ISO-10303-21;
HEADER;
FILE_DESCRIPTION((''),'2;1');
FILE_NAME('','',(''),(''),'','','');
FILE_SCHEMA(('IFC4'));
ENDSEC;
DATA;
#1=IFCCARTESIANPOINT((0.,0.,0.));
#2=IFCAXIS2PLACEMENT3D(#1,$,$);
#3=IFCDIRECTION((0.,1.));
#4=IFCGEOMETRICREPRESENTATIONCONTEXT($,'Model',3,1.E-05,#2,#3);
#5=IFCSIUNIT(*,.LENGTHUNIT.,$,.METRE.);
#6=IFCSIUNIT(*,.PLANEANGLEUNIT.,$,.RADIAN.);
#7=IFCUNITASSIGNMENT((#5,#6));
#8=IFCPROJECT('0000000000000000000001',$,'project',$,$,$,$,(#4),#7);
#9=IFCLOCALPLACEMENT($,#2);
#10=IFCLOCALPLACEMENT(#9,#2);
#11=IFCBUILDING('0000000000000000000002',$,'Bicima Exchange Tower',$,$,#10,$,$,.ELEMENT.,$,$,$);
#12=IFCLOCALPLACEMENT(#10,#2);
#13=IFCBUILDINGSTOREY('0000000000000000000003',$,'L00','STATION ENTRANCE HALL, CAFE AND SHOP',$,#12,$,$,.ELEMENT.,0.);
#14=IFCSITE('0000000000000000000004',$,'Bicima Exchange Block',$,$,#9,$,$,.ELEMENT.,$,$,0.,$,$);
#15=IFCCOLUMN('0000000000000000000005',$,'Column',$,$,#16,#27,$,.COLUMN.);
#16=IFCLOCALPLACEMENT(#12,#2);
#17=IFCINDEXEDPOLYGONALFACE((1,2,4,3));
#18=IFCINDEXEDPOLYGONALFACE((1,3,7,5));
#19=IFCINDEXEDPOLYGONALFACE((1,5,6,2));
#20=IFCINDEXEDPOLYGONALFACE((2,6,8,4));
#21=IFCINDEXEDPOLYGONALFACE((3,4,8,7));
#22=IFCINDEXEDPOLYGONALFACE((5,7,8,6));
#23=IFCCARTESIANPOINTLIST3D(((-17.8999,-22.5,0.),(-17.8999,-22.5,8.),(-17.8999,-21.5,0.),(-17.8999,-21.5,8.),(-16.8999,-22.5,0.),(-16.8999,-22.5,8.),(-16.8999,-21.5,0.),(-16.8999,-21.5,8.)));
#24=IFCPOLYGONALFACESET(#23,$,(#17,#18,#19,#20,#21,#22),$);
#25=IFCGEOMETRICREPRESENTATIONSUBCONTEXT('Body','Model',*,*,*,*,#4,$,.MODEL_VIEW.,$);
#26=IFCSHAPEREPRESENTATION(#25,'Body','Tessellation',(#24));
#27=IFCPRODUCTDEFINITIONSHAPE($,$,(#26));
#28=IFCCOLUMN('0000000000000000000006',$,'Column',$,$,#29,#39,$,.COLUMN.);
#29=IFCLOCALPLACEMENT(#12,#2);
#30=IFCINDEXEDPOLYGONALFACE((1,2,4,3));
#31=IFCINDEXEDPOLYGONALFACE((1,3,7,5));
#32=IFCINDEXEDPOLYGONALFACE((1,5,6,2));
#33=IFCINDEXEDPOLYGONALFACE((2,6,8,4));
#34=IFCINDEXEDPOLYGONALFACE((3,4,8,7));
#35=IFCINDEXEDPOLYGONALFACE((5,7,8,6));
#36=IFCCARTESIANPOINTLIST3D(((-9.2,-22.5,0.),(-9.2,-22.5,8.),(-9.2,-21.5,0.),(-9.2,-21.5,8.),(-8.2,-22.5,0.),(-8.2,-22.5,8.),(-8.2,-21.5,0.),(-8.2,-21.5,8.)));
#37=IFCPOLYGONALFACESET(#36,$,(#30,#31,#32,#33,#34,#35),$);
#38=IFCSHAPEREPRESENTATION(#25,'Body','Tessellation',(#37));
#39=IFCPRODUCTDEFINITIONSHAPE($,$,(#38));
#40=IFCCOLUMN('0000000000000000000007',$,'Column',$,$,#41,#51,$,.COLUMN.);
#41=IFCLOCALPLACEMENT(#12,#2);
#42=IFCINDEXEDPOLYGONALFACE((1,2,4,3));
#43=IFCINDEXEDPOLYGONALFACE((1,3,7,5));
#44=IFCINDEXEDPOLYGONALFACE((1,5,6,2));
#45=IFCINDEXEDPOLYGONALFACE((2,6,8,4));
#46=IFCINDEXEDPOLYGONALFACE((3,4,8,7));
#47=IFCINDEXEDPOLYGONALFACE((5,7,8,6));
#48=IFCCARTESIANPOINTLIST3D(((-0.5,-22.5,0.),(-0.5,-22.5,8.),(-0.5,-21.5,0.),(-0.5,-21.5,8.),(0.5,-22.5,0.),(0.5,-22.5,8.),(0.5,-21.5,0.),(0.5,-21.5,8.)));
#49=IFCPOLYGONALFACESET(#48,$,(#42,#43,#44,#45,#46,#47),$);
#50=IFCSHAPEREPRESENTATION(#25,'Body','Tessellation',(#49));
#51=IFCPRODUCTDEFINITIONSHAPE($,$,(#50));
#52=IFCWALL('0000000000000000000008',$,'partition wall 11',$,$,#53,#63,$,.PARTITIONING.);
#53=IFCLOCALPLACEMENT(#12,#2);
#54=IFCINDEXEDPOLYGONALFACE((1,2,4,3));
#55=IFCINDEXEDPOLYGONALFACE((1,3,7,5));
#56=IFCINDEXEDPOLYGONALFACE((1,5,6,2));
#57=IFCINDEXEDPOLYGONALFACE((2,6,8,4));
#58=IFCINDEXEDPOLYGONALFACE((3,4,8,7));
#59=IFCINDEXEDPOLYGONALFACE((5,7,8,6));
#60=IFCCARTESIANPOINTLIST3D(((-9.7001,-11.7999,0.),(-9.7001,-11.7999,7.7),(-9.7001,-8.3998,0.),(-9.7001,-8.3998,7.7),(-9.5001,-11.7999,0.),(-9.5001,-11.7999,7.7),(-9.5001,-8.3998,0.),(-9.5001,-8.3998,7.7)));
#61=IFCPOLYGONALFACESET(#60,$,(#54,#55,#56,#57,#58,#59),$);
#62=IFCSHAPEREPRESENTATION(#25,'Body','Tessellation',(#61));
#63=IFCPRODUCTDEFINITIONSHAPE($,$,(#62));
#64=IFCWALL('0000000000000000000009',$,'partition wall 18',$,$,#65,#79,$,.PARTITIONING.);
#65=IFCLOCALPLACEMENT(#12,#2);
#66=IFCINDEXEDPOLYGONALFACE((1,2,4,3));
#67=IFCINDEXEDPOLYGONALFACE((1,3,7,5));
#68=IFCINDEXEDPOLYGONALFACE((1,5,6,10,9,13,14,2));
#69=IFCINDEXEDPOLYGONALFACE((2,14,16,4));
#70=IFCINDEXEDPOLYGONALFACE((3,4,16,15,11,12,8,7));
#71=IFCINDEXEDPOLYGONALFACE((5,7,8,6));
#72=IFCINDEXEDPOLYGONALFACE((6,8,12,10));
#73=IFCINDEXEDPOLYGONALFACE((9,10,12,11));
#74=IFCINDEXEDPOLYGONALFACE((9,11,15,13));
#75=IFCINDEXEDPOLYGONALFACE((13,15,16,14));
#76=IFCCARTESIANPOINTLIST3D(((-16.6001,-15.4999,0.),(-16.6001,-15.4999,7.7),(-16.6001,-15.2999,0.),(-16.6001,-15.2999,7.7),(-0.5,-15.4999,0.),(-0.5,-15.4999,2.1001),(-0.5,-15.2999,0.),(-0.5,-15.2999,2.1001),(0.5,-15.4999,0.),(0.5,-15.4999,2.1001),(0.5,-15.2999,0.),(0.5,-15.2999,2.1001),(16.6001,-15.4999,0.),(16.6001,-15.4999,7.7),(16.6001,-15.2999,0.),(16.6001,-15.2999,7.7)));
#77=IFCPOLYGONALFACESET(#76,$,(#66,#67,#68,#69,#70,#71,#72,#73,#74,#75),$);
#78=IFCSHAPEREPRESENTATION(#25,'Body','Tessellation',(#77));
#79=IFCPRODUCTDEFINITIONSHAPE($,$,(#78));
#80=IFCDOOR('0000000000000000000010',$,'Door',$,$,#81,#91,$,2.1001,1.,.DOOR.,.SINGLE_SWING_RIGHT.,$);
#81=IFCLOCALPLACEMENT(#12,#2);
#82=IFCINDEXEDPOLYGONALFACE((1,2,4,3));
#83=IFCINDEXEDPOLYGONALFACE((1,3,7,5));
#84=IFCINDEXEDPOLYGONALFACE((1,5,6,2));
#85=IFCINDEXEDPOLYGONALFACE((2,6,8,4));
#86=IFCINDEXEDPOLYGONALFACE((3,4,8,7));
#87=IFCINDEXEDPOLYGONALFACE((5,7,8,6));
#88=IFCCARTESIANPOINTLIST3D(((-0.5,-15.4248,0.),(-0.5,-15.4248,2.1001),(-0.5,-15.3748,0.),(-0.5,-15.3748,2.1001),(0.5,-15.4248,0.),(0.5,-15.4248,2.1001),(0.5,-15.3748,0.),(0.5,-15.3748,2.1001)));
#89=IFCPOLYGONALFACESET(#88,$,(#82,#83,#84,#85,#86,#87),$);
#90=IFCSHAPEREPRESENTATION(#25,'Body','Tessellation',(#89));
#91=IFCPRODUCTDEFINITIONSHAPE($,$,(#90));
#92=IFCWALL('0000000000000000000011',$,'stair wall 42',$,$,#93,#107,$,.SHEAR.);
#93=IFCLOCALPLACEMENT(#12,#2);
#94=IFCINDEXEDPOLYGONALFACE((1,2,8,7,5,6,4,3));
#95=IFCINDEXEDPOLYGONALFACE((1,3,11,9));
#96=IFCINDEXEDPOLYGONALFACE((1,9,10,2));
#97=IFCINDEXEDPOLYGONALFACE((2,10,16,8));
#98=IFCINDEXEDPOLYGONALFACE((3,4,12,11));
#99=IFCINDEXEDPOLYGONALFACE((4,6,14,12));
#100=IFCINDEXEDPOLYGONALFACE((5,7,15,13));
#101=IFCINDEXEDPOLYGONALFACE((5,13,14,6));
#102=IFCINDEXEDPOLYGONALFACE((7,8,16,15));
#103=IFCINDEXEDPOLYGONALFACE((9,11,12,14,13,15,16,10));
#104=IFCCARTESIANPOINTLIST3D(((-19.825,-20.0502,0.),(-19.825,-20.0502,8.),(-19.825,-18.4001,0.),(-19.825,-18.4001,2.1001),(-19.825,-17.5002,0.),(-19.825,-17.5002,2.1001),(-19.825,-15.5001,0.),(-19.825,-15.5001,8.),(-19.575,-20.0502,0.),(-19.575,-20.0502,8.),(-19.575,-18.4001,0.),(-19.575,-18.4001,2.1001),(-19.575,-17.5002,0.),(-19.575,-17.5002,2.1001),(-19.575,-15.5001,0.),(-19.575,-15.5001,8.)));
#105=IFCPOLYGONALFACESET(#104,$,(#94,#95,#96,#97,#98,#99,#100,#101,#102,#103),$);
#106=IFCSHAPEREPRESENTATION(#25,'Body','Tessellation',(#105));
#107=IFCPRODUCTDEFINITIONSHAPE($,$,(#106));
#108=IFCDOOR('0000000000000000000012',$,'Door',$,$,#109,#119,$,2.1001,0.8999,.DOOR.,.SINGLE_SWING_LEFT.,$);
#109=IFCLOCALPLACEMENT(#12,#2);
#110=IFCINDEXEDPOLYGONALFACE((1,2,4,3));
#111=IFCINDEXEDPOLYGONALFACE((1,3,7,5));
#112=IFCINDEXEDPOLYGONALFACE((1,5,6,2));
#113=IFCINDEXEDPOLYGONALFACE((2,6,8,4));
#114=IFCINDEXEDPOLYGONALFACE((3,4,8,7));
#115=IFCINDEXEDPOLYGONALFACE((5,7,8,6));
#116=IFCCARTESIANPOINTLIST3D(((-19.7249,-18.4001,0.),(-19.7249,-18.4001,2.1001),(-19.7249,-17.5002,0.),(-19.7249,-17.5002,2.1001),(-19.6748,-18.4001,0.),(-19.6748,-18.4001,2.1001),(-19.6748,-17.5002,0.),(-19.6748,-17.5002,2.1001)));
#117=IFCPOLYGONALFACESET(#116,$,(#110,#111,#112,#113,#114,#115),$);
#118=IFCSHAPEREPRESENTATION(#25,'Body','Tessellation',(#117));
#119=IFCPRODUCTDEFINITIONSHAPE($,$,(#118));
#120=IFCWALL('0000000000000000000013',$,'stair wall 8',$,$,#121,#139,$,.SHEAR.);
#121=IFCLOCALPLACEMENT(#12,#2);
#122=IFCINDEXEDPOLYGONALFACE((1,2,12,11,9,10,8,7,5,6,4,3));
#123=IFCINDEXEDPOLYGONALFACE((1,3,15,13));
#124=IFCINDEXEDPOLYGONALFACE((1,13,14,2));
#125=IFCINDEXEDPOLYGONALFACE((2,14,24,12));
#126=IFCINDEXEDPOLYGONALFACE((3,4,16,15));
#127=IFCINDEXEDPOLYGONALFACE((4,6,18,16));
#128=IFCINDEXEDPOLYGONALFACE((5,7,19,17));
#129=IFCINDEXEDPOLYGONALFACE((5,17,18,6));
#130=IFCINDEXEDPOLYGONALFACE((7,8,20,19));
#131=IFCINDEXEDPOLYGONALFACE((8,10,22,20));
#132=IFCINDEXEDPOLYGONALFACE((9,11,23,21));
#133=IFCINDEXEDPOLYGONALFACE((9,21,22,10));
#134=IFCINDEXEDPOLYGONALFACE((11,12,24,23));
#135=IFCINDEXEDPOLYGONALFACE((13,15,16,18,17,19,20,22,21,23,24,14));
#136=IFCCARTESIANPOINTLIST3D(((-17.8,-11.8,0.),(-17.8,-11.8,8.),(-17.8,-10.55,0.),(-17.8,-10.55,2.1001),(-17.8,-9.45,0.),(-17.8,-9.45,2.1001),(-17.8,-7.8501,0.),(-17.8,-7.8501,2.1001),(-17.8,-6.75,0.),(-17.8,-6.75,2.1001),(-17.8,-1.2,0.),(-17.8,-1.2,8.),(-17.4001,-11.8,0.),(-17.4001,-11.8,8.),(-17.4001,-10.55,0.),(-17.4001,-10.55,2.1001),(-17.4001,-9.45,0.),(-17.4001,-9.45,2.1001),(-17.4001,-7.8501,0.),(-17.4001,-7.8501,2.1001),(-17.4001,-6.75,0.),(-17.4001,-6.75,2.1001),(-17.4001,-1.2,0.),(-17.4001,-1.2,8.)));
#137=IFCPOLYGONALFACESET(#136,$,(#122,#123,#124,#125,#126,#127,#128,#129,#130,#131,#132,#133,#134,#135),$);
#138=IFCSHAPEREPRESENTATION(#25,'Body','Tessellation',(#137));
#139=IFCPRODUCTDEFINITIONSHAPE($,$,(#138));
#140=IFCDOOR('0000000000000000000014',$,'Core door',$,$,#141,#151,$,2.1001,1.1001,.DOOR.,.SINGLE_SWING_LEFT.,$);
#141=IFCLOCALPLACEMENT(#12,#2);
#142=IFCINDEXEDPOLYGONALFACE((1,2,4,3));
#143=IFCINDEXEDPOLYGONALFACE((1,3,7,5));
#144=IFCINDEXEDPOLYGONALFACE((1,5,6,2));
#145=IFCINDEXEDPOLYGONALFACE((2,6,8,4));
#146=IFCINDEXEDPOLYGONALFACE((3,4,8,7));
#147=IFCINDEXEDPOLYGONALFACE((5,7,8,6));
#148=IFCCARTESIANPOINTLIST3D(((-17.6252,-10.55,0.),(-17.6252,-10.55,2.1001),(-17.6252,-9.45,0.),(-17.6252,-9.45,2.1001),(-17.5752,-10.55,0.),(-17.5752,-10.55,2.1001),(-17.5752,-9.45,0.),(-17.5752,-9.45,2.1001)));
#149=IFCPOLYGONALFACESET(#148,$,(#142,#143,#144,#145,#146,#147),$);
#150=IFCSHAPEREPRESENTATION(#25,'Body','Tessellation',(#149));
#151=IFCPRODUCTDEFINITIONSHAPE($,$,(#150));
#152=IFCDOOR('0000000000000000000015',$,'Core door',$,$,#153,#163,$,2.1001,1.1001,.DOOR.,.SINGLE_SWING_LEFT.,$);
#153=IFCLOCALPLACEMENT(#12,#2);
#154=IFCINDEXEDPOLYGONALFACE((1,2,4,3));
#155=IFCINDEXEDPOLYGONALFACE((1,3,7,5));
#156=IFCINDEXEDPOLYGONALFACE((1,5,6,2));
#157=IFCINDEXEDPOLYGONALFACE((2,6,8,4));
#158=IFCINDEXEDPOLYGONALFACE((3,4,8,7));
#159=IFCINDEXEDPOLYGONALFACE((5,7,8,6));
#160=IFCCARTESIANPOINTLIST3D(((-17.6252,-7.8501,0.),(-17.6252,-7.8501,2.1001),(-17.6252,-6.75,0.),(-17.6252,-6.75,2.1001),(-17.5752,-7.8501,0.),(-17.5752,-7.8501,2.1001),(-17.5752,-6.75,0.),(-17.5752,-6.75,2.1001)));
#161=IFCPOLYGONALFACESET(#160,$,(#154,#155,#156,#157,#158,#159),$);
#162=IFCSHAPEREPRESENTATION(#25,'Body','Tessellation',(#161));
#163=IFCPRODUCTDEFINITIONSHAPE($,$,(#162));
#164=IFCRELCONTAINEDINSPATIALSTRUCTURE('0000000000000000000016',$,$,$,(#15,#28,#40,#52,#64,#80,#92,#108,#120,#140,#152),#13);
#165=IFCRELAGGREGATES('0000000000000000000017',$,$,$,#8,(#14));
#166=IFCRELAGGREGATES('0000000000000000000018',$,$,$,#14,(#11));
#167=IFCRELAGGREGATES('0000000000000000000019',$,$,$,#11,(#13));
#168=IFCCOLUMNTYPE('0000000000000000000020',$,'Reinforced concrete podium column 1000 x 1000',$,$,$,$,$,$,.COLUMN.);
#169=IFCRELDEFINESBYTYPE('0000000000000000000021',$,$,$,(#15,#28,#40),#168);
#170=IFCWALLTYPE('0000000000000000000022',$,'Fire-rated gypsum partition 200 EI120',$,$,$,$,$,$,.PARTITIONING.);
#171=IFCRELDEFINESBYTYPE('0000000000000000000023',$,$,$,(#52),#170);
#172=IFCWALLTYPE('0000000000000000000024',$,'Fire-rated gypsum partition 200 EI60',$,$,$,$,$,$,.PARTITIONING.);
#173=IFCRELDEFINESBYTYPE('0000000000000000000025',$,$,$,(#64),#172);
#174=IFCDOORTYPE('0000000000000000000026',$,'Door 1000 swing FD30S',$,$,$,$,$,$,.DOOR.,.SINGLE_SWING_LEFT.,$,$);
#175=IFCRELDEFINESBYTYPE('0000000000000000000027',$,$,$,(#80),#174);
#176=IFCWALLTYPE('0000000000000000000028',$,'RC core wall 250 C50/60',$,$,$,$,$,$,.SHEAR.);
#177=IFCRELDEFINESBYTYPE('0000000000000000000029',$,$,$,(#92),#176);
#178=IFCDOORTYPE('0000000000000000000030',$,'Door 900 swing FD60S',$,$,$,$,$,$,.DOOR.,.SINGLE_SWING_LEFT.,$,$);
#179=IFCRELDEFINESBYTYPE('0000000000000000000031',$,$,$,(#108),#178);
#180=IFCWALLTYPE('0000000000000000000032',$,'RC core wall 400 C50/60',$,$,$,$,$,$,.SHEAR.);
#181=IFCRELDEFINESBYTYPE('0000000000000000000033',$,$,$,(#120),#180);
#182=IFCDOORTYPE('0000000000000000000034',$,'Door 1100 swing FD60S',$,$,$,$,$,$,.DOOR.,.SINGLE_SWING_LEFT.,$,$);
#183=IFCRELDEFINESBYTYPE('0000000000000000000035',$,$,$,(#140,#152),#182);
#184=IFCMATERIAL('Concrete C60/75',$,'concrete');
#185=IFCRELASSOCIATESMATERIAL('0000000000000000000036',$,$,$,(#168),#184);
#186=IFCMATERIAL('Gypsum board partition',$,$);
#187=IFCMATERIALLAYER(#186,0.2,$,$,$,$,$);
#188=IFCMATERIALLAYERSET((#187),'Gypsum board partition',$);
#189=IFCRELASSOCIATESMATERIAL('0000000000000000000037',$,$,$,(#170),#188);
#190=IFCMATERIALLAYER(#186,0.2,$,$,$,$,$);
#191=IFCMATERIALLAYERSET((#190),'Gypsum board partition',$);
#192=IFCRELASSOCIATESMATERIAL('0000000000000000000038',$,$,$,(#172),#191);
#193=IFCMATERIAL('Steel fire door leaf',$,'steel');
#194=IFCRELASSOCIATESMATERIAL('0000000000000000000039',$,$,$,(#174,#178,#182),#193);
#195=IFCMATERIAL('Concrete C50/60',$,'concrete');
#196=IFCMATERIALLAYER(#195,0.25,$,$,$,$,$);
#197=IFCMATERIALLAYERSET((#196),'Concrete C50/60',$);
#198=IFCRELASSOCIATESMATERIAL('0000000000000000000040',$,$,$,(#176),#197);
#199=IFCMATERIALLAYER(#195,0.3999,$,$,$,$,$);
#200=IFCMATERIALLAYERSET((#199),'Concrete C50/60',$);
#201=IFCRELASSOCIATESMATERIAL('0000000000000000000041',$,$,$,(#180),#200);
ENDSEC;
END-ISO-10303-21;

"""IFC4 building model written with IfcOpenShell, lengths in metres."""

from ifc_helpers import new_model, si_unit, direction, frame, frame_2d, origin, origin_2d, place, context, subcontext, project, spatial, rectangle, extrude, material, layer, layer_set, material_profile, profile_set, type_object, element, fill, save


model = new_model("IFC4")

# Units and contexts
model_context = context("Model", 3, precision=1e-05, world=origin(), true_north=direction((0.0, 1.0)))
body_context = subcontext(model_context, "Body", "Model", "MODEL_VIEW")
ifc_project = project(units=[si_unit("LENGTHUNIT", "METRE"), si_unit("PLANEANGLEUNIT", "RADIAN")], contexts=[model_context])

# Site, building, storey
site_placement = place(None, origin())
site = spatial("IfcSite", under=ifc_project, at=site_placement, Name="Bicima Exchange Block", CompositionType="ELEMENT", RefElevation=0.0)
building_placement = place(site_placement, origin())
building = spatial("IfcBuilding", under=site, at=building_placement, Name="Bicima Exchange Tower", CompositionType="ELEMENT")
storey_placement = place(building_placement, origin())
storey = spatial("IfcBuildingStorey", under=building, at=storey_placement, Name="L00", Description="STATION ENTRANCE HALL, CAFE AND SHOP", CompositionType="ELEMENT", Elevation=0.0)

# Columns
ifc_material_1 = material(Name="Concrete C60/75", Category="concrete")
ifc_material_profile = material_profile(ifc_material_1, rectangle(XDim=1.0, YDim=1.0, at=origin_2d()))
ifc_profile_set = profile_set([ifc_material_profile], Name="Concrete C60/75")
column_type = type_object("IfcColumnType", Name="Reinforced concrete podium column 1000 x 1000", PredefinedType="COLUMN", material=ifc_profile_set)
for number, where, z_axis, x_axis, name in (
    (1, (-17.3999, -22.0, 0.0), (0.0, 0.0, 1.0), (1.0, 0.0, 0.0), "Column"),
    (2, (-8.7, -22.0, 0.0), (0.0, 0.0, 1.0), (1.0, 0.0, 0.0), "Column"),
    (3, (0.0, -22.0, 0.0), (0.0, 0.0, 1.0), (1.0, 0.0, 0.0), "Column"),
):
    element("IfcColumn", number, at=place(storey_placement, frame(where, z_axis=z_axis, x_axis=x_axis)), inside=storey, type_object=column_type, Name=name, PredefinedType="COLUMN", context=body_context, shape_type="SweptSolid", body=[
        extrude(rectangle(XDim=1.0, YDim=1.0, at=origin_2d()), origin(), (0.0, 0.0, 1.0), 8.0),
    ])

# Wall
ifc_material_2 = material(Name="Gypsum board partition")
ifc_layer_1 = layer(ifc_material_2, 0.2)
ifc_layer_set_1 = layer_set([ifc_layer_1], Name="Gypsum board partition")
wall_type_1 = type_object("IfcWallType", Name="Fire-rated gypsum partition 200 EI120", PredefinedType="PARTITIONING", material=ifc_layer_set_1)
wall_1_placement = place(storey_placement, frame((-9.6001, -11.8, 0.0), z_axis=(0.0, 0.0, 1.0), x_axis=(0.0, 1.0, 0.0)))
element("IfcWall", 4, at=wall_1_placement, inside=storey, type_object=wall_type_1, Name="partition wall 11", PredefinedType="PARTITIONING", context=body_context, shape_type="SweptSolid", body=[
    extrude(rectangle(XDim=3.4001, YDim=0.2, at=frame_2d((1.7002, 0.0))), origin(), (0.0, 0.0, 1.0), 7.7),
])

# Walls, openings, doors
ifc_layer_2 = layer(ifc_material_2, 0.2)
ifc_layer_set_2 = layer_set([ifc_layer_2], Name="Gypsum board partition")
wall_type_2 = type_object("IfcWallType", Name="Fire-rated gypsum partition 200 EI60", PredefinedType="PARTITIONING", material=ifc_layer_set_2)
wall_2_placement = place(storey_placement, frame((-16.6001, -15.3999, 0.0), z_axis=(0.0, 0.0, 1.0), x_axis=(1.0, 0.0, 0.0)))
wall_2 = element("IfcWall", 5, at=wall_2_placement, inside=storey, type_object=wall_type_2, Name="partition wall 18", PredefinedType="PARTITIONING", context=body_context, shape_type="SweptSolid", body=[
    extrude(rectangle(XDim=33.2002, YDim=0.2, at=frame_2d((16.6001, 0.0))), origin(), (0.0, 0.0, 1.0), 7.7),
])
opening_1_placement = place(wall_2_placement, frame((16.1001, 0.0, 0.0)))
opening_1 = element("IfcOpeningElement", 6, at=opening_1_placement, cuts=wall_2, PredefinedType="OPENING", context=body_context, shape_type="SweptSolid", body=[
    extrude(rectangle(XDim=1.0, YDim=2.1001, at=frame_2d((0.5, 1.05))), frame((0.0, 0.1118, 0.0), z_axis=(0.0, -1.0, 0.0), x_axis=(1.0, 0.0, 0.0)), (0.0, 0.0, 1.0), 0.2239),
])
ifc_material_3 = material(Name="Steel fire door leaf", Category="steel")
door_type_1 = type_object("IfcDoorType", Name="Door 1000 swing FD30S", OperationType="SINGLE_SWING_LEFT", PredefinedType="DOOR", material=ifc_material_3)
door_1_placement = place(opening_1_placement, frame((1.0, 0.0, 0.0), z_axis=(0.0, 0.0, 1.0), x_axis=(-1.0, 0.0, 0.0)))
door_1 = element("IfcDoor", 7, at=door_1_placement, inside=storey, type_object=door_type_1, Name="Door", OperationType="SINGLE_SWING_RIGHT", OverallHeight=2.1001, OverallWidth=1.0, PredefinedType="DOOR", context=body_context, shape_type="SweptSolid", body=[
    extrude(rectangle(XDim=1.0, YDim=2.1001, at=frame_2d((0.5, 1.05))), frame((0.0, 0.0249, 0.0), z_axis=(0.0, -1.0, 0.0), x_axis=(1.0, 0.0, 0.0)), (0.0, 0.0, 1.0), 0.05),
])
fill(opening_1, door_1)
ifc_material_4 = material(Name="Concrete C50/60", Category="concrete")
ifc_layer_3 = layer(ifc_material_4, 0.25)
ifc_layer_set_3 = layer_set([ifc_layer_3], Name="Concrete C50/60")
wall_type_3 = type_object("IfcWallType", Name="RC core wall 250 C50/60", PredefinedType="SHEAR", material=ifc_layer_set_3)
wall_3_placement = place(storey_placement, frame((-19.7, -20.05, 0.0), z_axis=(0.0, 0.0, 1.0), x_axis=(0.0, 1.0, 0.0)))
wall_3 = element("IfcWall", 8, at=wall_3_placement, inside=storey, type_object=wall_type_3, Name="stair wall 42", PredefinedType="SHEAR", context=body_context, shape_type="SweptSolid", body=[
    extrude(rectangle(XDim=4.55, YDim=0.25, at=frame_2d((2.2749, 0.0))), origin(), (0.0, 0.0, 1.0), 8.0),
])
opening_2_placement = place(wall_3_placement, frame((1.6499, 0.0, 0.0)))
opening_2 = element("IfcOpeningElement", 9, at=opening_2_placement, cuts=wall_3, PredefinedType="OPENING", context=body_context, shape_type="SweptSolid", body=[
    extrude(rectangle(XDim=0.8999, YDim=2.1001, at=frame_2d((0.45, 1.05))), frame((0.0, 0.137, 0.0), z_axis=(0.0, -1.0, 0.0), x_axis=(1.0, 0.0, 0.0)), (0.0, 0.0, 1.0), 0.2739),
])
door_type_2 = type_object("IfcDoorType", Name="Door 900 swing FD60S", OperationType="SINGLE_SWING_LEFT", PredefinedType="DOOR", material=ifc_material_3)
door_2_placement = place(opening_2_placement, origin())
door_2 = element("IfcDoor", 10, at=door_2_placement, inside=storey, type_object=door_type_2, Name="Door", OperationType="SINGLE_SWING_LEFT", OverallHeight=2.1001, OverallWidth=0.8999, PredefinedType="DOOR", context=body_context, shape_type="SweptSolid", body=[
    extrude(rectangle(XDim=0.8999, YDim=2.1001, at=frame_2d((0.45, 1.05))), frame((0.0, 0.0249, 0.0), z_axis=(0.0, -1.0, 0.0), x_axis=(1.0, 0.0, 0.0)), (0.0, 0.0, 1.0), 0.05),
])
fill(opening_2, door_2)

# Wall, openings, doors
ifc_layer_4 = layer(ifc_material_4, 0.3999)
ifc_layer_set_4 = layer_set([ifc_layer_4], Name="Concrete C50/60")
wall_type_4 = type_object("IfcWallType", Name="RC core wall 400 C50/60", PredefinedType="SHEAR", material=ifc_layer_set_4)
wall_4_placement = place(storey_placement, frame((-17.6001, -11.8, 0.0), z_axis=(0.0, 0.0, 1.0), x_axis=(0.0, 1.0, 0.0)))
wall_4 = element("IfcWall", 11, at=wall_4_placement, inside=storey, type_object=wall_type_4, Name="stair wall 8", PredefinedType="SHEAR", context=body_context, shape_type="SweptSolid", body=[
    extrude(rectangle(XDim=10.6001, YDim=0.3999, at=frame_2d((5.3, 0.0))), origin(), (0.0, 0.0, 1.0), 8.0),
])
opening_3_placement = place(wall_4_placement, frame((1.25, 0.0, 0.0)))
opening_3 = element("IfcOpeningElement", 12, at=opening_3_placement, cuts=wall_4, PredefinedType="OPENING", context=body_context, shape_type="SweptSolid", body=[
    extrude(rectangle(XDim=1.1001, YDim=2.1001, at=frame_2d((0.55, 1.05))), frame((0.0, 0.2119, 0.0), z_axis=(0.0, -1.0, 0.0), x_axis=(1.0, 0.0, 0.0)), (0.0, 0.0, 1.0), 0.4238),
])
opening_4_placement = place(wall_4_placement, frame((3.95, 0.0, 0.0)))
opening_4 = element("IfcOpeningElement", 13, at=opening_4_placement, cuts=wall_4, PredefinedType="OPENING", context=body_context, shape_type="SweptSolid", body=[
    extrude(rectangle(XDim=1.1001, YDim=2.1001, at=frame_2d((0.55, 1.05))), frame((0.0, 0.2119, 0.0), z_axis=(0.0, -1.0, 0.0), x_axis=(1.0, 0.0, 0.0)), (0.0, 0.0, 1.0), 0.4238),
])
door_type_3 = type_object("IfcDoorType", Name="Door 1100 swing FD60S", OperationType="SINGLE_SWING_LEFT", PredefinedType="DOOR", material=ifc_material_3)
door_3_placement = place(opening_3_placement, frame((1.1001, 0.0, 0.0), z_axis=(0.0, 0.0, 1.0), x_axis=(-1.0, 0.0, 0.0)))
door_3 = element("IfcDoor", 14, at=door_3_placement, inside=storey, type_object=door_type_3, Name="Core door", OperationType="SINGLE_SWING_LEFT", OverallHeight=2.1001, OverallWidth=1.1001, PredefinedType="DOOR", context=body_context, shape_type="SweptSolid", body=[
    extrude(rectangle(XDim=1.1001, YDim=2.1001, at=frame_2d((0.55, 1.05))), frame((0.0, 0.0249, 0.0), z_axis=(0.0, -1.0, 0.0), x_axis=(1.0, 0.0, 0.0)), (0.0, 0.0, 1.0), 0.05),
])
fill(opening_3, door_3)
door_4_placement = place(opening_4_placement, frame((1.1001, 0.0, 0.0), z_axis=(0.0, 0.0, 1.0), x_axis=(-1.0, 0.0, 0.0)))
door_4 = element("IfcDoor", 15, at=door_4_placement, inside=storey, type_object=door_type_3, Name="Core door", OperationType="SINGLE_SWING_LEFT", OverallHeight=2.1001, OverallWidth=1.1001, PredefinedType="DOOR", context=body_context, shape_type="SweptSolid", body=[
    extrude(rectangle(XDim=1.1001, YDim=2.1001, at=frame_2d((0.55, 1.05))), frame((0.0, 0.0249, 0.0), z_axis=(0.0, -1.0, 0.0), x_axis=(1.0, 0.0, 0.0)), (0.0, 0.0, 1.0), 0.05),
])
fill(opening_4, door_4)

save(model, "model.ifc")
